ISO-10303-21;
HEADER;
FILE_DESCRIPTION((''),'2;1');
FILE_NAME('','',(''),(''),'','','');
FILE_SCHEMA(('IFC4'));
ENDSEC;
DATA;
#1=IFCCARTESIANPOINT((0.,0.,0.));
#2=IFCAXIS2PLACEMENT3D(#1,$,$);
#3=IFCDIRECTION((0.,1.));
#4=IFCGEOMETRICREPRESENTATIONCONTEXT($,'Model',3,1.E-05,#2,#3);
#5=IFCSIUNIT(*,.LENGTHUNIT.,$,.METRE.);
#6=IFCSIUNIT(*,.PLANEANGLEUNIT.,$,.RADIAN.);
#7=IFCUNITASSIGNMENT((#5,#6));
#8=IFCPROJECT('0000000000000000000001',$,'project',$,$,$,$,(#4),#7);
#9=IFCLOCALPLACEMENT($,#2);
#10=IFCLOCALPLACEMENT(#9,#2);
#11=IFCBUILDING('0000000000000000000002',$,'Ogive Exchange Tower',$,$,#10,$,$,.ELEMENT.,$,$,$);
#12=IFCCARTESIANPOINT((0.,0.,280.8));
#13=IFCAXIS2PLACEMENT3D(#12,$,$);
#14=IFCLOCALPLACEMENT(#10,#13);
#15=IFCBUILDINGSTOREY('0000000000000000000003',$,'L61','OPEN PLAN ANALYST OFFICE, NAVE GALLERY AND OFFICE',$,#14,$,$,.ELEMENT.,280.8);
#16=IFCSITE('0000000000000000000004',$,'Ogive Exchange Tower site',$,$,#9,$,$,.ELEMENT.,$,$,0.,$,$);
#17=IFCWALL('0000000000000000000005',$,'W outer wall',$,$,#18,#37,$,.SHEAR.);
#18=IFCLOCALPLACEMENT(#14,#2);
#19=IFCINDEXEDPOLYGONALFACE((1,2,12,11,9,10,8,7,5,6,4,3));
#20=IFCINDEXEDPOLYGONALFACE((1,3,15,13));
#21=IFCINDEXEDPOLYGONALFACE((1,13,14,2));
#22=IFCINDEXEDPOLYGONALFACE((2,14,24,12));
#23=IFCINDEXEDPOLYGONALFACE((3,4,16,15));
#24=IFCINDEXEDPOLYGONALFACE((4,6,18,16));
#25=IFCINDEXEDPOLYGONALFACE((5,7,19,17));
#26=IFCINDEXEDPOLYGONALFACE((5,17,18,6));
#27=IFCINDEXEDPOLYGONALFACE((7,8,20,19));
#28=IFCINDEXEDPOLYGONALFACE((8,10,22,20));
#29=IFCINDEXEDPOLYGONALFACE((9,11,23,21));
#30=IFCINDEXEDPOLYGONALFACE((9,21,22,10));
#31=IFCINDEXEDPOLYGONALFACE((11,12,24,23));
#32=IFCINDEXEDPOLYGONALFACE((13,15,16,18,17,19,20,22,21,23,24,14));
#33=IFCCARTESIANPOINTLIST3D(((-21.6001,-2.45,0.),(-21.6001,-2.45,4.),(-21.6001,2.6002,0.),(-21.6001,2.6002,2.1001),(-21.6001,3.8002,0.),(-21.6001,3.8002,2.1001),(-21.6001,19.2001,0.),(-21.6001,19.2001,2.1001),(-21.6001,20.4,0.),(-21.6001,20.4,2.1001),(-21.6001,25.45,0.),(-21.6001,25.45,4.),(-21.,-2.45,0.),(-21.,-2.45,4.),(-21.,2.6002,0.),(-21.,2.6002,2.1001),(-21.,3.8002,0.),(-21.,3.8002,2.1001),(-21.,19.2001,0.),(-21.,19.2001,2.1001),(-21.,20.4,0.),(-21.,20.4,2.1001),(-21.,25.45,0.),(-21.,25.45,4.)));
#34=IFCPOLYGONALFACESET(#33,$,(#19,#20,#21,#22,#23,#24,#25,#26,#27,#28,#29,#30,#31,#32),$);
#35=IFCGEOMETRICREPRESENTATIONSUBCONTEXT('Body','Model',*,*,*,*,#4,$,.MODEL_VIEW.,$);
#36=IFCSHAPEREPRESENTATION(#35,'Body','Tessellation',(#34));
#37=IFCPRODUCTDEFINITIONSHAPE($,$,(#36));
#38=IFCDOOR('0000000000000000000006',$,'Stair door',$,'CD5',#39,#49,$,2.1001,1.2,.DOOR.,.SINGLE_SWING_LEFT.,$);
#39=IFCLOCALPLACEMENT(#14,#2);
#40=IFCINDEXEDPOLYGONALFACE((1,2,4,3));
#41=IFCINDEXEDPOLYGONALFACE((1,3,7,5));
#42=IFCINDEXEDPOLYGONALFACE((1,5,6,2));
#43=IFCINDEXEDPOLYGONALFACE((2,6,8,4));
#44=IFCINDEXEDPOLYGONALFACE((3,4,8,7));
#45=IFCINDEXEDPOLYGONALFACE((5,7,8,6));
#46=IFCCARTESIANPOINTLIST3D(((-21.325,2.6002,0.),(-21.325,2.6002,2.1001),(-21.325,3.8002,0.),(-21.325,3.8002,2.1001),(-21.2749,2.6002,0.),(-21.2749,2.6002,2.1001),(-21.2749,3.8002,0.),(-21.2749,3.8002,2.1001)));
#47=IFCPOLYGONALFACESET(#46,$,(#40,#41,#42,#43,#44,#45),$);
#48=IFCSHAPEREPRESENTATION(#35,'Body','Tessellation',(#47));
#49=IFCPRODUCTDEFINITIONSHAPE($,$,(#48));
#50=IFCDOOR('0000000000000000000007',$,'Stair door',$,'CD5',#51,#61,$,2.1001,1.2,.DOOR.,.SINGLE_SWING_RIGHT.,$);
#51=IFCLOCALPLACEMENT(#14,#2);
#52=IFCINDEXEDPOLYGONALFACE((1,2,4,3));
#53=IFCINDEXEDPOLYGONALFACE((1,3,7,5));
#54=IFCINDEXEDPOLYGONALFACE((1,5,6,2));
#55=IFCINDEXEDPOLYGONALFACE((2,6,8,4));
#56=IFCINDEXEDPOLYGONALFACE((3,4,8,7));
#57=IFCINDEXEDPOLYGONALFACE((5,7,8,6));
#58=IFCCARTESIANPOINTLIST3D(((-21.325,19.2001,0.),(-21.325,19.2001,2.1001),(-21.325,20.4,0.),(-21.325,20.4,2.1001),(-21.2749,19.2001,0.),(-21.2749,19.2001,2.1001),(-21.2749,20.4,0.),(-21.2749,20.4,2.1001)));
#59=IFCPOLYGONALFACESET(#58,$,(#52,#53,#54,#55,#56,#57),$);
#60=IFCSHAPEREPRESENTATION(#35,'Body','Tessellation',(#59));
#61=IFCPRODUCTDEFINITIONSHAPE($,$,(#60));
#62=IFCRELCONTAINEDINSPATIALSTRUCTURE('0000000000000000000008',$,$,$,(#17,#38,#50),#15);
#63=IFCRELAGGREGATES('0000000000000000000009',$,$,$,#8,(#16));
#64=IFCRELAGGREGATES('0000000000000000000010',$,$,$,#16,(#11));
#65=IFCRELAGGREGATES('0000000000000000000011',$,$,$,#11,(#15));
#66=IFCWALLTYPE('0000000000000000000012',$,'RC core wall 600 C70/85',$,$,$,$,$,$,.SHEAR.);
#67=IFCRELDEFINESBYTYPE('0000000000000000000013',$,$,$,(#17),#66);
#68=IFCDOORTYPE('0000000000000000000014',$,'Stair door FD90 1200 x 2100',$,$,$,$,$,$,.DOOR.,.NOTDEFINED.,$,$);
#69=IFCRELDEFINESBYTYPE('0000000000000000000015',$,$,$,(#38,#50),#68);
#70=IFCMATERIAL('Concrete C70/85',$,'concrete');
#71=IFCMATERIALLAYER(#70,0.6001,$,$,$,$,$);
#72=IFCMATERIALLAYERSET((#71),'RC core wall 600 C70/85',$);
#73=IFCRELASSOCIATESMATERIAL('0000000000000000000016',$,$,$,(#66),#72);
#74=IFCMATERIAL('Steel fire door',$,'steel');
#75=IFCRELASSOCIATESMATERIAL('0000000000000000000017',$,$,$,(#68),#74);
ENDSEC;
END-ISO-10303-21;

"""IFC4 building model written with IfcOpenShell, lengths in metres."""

from ifc_helpers import new_model, si_unit, direction, frame, frame_2d, origin, place, context, subcontext, project, spatial, rectangle, extrude, material, layer, layer_set, type_object, element, fill, save


model = new_model("IFC4")

# Units and contexts
model_context = context("Model", 3, precision=1e-05, world=origin(), true_north=direction((0.0, 1.0)))
body_context = subcontext(model_context, "Body", "Model", "MODEL_VIEW")
ifc_project = project(units=[si_unit("LENGTHUNIT", "METRE"), si_unit("PLANEANGLEUNIT", "RADIAN")], contexts=[model_context])

# Site, building, storey
site_placement = place(None, origin())
site = spatial("IfcSite", under=ifc_project, at=site_placement, Name="Ogive Exchange Tower site", CompositionType="ELEMENT", RefElevation=0.0)
building_placement = place(site_placement, origin())
building = spatial("IfcBuilding", under=site, at=building_placement, Name="Ogive Exchange Tower", CompositionType="ELEMENT")
storey_placement = place(building_placement, frame((0.0, 0.0, 280.8)))
storey = spatial("IfcBuildingStorey", under=building, at=storey_placement, Name="L61", Description="OPEN PLAN ANALYST OFFICE, NAVE GALLERY AND OFFICE", CompositionType="ELEMENT", Elevation=280.8)

# Shared definitions
ifc_material_1 = material(Name="Concrete C70/85", Category="concrete")

# Wall, openings, doors
ifc_layer_1 = layer(ifc_material_1, 0.6001)
ifc_layer_set_1 = layer_set([ifc_layer_1], Name="RC core wall 600 C70/85")
wall_type_1 = type_object("IfcWallType", Name="RC core wall 600 C70/85", PredefinedType="SHEAR", material=ifc_layer_set_1)
wall_1_placement = place(storey_placement, frame((-21.3, -2.45, 0.0), z_axis=(0.0, 0.0, 1.0), x_axis=(0.0, 1.0, 0.0)))
wall_1 = element("IfcWall", 1, at=wall_1_placement, inside=storey, type_object=wall_type_1, Name="W outer wall", PredefinedType="SHEAR", context=body_context, shape_type="SweptSolid", body=[
    extrude(rectangle(XDim=27.8999, YDim=0.6001, at=frame_2d((13.95, 0.0))), origin(), (0.0, 0.0, 1.0), 4.0),
])
opening_1_placement = place(wall_1_placement, frame((5.05, 0.0, 0.0)))
opening_1 = element("IfcOpeningElement", 2, at=opening_1_placement, cuts=wall_1, PredefinedType="OPENING", context=body_context, shape_type="SweptSolid", body=[
    extrude(rectangle(XDim=1.2, YDim=2.1001, at=frame_2d((0.6001, 1.05))), frame((0.0, 0.3101, 0.0), z_axis=(0.0, -1.0, 0.0), x_axis=(1.0, 0.0, 0.0)), (0.0, 0.0, 1.0), 0.6201),
])
opening_2_placement = place(wall_1_placement, frame((21.6499, 0.0, 0.0)))
opening_2 = element("IfcOpeningElement", 3, at=opening_2_placement, cuts=wall_1, PredefinedType="OPENING", context=body_context, shape_type="SweptSolid", body=[
    extrude(rectangle(XDim=1.2, YDim=2.1001, at=frame_2d((0.6001, 1.05))), frame((0.0, 0.3101, 0.0), z_axis=(0.0, -1.0, 0.0), x_axis=(1.0, 0.0, 0.0)), (0.0, 0.0, 1.0), 0.6201),
])
ifc_material_2 = material(Name="Steel fire door", Category="steel")
door_type_1 = type_object("IfcDoorType", Name="Stair door FD90 1200 x 2100", OperationType="NOTDEFINED", PredefinedType="DOOR", material=ifc_material_2)
door_1_placement = place(opening_1_placement, origin())
door_1 = element("IfcDoor", 4, at=door_1_placement, inside=storey, type_object=door_type_1, Name="Stair door", ObjectType="CD5", OperationType="SINGLE_SWING_LEFT", OverallHeight=2.1001, OverallWidth=1.2, PredefinedType="DOOR", context=body_context, shape_type="SweptSolid", body=[
    extrude(rectangle(XDim=1.2, YDim=2.1001, at=frame_2d((0.6001, 1.05))), frame((0.0, 0.0249, 0.0), z_axis=(0.0, -1.0, 0.0), x_axis=(1.0, 0.0, 0.0)), (0.0, 0.0, 1.0), 0.05),
])
fill(opening_1, door_1)
door_2_placement = place(opening_2_placement, origin())
door_2 = element("IfcDoor", 5, at=door_2_placement, inside=storey, type_object=door_type_1, Name="Stair door", ObjectType="CD5", OperationType="SINGLE_SWING_RIGHT", OverallHeight=2.1001, OverallWidth=1.2, PredefinedType="DOOR", context=body_context, shape_type="SweptSolid", body=[
    extrude(rectangle(XDim=1.2, YDim=2.1001, at=frame_2d((0.6001, 1.05))), frame((0.0, 0.0249, 0.0), z_axis=(0.0, -1.0, 0.0), x_axis=(1.0, 0.0, 0.0)), (0.0, 0.0, 1.0), 0.05),
])
fill(opening_2, door_2)

save(model, "model.ifc")
